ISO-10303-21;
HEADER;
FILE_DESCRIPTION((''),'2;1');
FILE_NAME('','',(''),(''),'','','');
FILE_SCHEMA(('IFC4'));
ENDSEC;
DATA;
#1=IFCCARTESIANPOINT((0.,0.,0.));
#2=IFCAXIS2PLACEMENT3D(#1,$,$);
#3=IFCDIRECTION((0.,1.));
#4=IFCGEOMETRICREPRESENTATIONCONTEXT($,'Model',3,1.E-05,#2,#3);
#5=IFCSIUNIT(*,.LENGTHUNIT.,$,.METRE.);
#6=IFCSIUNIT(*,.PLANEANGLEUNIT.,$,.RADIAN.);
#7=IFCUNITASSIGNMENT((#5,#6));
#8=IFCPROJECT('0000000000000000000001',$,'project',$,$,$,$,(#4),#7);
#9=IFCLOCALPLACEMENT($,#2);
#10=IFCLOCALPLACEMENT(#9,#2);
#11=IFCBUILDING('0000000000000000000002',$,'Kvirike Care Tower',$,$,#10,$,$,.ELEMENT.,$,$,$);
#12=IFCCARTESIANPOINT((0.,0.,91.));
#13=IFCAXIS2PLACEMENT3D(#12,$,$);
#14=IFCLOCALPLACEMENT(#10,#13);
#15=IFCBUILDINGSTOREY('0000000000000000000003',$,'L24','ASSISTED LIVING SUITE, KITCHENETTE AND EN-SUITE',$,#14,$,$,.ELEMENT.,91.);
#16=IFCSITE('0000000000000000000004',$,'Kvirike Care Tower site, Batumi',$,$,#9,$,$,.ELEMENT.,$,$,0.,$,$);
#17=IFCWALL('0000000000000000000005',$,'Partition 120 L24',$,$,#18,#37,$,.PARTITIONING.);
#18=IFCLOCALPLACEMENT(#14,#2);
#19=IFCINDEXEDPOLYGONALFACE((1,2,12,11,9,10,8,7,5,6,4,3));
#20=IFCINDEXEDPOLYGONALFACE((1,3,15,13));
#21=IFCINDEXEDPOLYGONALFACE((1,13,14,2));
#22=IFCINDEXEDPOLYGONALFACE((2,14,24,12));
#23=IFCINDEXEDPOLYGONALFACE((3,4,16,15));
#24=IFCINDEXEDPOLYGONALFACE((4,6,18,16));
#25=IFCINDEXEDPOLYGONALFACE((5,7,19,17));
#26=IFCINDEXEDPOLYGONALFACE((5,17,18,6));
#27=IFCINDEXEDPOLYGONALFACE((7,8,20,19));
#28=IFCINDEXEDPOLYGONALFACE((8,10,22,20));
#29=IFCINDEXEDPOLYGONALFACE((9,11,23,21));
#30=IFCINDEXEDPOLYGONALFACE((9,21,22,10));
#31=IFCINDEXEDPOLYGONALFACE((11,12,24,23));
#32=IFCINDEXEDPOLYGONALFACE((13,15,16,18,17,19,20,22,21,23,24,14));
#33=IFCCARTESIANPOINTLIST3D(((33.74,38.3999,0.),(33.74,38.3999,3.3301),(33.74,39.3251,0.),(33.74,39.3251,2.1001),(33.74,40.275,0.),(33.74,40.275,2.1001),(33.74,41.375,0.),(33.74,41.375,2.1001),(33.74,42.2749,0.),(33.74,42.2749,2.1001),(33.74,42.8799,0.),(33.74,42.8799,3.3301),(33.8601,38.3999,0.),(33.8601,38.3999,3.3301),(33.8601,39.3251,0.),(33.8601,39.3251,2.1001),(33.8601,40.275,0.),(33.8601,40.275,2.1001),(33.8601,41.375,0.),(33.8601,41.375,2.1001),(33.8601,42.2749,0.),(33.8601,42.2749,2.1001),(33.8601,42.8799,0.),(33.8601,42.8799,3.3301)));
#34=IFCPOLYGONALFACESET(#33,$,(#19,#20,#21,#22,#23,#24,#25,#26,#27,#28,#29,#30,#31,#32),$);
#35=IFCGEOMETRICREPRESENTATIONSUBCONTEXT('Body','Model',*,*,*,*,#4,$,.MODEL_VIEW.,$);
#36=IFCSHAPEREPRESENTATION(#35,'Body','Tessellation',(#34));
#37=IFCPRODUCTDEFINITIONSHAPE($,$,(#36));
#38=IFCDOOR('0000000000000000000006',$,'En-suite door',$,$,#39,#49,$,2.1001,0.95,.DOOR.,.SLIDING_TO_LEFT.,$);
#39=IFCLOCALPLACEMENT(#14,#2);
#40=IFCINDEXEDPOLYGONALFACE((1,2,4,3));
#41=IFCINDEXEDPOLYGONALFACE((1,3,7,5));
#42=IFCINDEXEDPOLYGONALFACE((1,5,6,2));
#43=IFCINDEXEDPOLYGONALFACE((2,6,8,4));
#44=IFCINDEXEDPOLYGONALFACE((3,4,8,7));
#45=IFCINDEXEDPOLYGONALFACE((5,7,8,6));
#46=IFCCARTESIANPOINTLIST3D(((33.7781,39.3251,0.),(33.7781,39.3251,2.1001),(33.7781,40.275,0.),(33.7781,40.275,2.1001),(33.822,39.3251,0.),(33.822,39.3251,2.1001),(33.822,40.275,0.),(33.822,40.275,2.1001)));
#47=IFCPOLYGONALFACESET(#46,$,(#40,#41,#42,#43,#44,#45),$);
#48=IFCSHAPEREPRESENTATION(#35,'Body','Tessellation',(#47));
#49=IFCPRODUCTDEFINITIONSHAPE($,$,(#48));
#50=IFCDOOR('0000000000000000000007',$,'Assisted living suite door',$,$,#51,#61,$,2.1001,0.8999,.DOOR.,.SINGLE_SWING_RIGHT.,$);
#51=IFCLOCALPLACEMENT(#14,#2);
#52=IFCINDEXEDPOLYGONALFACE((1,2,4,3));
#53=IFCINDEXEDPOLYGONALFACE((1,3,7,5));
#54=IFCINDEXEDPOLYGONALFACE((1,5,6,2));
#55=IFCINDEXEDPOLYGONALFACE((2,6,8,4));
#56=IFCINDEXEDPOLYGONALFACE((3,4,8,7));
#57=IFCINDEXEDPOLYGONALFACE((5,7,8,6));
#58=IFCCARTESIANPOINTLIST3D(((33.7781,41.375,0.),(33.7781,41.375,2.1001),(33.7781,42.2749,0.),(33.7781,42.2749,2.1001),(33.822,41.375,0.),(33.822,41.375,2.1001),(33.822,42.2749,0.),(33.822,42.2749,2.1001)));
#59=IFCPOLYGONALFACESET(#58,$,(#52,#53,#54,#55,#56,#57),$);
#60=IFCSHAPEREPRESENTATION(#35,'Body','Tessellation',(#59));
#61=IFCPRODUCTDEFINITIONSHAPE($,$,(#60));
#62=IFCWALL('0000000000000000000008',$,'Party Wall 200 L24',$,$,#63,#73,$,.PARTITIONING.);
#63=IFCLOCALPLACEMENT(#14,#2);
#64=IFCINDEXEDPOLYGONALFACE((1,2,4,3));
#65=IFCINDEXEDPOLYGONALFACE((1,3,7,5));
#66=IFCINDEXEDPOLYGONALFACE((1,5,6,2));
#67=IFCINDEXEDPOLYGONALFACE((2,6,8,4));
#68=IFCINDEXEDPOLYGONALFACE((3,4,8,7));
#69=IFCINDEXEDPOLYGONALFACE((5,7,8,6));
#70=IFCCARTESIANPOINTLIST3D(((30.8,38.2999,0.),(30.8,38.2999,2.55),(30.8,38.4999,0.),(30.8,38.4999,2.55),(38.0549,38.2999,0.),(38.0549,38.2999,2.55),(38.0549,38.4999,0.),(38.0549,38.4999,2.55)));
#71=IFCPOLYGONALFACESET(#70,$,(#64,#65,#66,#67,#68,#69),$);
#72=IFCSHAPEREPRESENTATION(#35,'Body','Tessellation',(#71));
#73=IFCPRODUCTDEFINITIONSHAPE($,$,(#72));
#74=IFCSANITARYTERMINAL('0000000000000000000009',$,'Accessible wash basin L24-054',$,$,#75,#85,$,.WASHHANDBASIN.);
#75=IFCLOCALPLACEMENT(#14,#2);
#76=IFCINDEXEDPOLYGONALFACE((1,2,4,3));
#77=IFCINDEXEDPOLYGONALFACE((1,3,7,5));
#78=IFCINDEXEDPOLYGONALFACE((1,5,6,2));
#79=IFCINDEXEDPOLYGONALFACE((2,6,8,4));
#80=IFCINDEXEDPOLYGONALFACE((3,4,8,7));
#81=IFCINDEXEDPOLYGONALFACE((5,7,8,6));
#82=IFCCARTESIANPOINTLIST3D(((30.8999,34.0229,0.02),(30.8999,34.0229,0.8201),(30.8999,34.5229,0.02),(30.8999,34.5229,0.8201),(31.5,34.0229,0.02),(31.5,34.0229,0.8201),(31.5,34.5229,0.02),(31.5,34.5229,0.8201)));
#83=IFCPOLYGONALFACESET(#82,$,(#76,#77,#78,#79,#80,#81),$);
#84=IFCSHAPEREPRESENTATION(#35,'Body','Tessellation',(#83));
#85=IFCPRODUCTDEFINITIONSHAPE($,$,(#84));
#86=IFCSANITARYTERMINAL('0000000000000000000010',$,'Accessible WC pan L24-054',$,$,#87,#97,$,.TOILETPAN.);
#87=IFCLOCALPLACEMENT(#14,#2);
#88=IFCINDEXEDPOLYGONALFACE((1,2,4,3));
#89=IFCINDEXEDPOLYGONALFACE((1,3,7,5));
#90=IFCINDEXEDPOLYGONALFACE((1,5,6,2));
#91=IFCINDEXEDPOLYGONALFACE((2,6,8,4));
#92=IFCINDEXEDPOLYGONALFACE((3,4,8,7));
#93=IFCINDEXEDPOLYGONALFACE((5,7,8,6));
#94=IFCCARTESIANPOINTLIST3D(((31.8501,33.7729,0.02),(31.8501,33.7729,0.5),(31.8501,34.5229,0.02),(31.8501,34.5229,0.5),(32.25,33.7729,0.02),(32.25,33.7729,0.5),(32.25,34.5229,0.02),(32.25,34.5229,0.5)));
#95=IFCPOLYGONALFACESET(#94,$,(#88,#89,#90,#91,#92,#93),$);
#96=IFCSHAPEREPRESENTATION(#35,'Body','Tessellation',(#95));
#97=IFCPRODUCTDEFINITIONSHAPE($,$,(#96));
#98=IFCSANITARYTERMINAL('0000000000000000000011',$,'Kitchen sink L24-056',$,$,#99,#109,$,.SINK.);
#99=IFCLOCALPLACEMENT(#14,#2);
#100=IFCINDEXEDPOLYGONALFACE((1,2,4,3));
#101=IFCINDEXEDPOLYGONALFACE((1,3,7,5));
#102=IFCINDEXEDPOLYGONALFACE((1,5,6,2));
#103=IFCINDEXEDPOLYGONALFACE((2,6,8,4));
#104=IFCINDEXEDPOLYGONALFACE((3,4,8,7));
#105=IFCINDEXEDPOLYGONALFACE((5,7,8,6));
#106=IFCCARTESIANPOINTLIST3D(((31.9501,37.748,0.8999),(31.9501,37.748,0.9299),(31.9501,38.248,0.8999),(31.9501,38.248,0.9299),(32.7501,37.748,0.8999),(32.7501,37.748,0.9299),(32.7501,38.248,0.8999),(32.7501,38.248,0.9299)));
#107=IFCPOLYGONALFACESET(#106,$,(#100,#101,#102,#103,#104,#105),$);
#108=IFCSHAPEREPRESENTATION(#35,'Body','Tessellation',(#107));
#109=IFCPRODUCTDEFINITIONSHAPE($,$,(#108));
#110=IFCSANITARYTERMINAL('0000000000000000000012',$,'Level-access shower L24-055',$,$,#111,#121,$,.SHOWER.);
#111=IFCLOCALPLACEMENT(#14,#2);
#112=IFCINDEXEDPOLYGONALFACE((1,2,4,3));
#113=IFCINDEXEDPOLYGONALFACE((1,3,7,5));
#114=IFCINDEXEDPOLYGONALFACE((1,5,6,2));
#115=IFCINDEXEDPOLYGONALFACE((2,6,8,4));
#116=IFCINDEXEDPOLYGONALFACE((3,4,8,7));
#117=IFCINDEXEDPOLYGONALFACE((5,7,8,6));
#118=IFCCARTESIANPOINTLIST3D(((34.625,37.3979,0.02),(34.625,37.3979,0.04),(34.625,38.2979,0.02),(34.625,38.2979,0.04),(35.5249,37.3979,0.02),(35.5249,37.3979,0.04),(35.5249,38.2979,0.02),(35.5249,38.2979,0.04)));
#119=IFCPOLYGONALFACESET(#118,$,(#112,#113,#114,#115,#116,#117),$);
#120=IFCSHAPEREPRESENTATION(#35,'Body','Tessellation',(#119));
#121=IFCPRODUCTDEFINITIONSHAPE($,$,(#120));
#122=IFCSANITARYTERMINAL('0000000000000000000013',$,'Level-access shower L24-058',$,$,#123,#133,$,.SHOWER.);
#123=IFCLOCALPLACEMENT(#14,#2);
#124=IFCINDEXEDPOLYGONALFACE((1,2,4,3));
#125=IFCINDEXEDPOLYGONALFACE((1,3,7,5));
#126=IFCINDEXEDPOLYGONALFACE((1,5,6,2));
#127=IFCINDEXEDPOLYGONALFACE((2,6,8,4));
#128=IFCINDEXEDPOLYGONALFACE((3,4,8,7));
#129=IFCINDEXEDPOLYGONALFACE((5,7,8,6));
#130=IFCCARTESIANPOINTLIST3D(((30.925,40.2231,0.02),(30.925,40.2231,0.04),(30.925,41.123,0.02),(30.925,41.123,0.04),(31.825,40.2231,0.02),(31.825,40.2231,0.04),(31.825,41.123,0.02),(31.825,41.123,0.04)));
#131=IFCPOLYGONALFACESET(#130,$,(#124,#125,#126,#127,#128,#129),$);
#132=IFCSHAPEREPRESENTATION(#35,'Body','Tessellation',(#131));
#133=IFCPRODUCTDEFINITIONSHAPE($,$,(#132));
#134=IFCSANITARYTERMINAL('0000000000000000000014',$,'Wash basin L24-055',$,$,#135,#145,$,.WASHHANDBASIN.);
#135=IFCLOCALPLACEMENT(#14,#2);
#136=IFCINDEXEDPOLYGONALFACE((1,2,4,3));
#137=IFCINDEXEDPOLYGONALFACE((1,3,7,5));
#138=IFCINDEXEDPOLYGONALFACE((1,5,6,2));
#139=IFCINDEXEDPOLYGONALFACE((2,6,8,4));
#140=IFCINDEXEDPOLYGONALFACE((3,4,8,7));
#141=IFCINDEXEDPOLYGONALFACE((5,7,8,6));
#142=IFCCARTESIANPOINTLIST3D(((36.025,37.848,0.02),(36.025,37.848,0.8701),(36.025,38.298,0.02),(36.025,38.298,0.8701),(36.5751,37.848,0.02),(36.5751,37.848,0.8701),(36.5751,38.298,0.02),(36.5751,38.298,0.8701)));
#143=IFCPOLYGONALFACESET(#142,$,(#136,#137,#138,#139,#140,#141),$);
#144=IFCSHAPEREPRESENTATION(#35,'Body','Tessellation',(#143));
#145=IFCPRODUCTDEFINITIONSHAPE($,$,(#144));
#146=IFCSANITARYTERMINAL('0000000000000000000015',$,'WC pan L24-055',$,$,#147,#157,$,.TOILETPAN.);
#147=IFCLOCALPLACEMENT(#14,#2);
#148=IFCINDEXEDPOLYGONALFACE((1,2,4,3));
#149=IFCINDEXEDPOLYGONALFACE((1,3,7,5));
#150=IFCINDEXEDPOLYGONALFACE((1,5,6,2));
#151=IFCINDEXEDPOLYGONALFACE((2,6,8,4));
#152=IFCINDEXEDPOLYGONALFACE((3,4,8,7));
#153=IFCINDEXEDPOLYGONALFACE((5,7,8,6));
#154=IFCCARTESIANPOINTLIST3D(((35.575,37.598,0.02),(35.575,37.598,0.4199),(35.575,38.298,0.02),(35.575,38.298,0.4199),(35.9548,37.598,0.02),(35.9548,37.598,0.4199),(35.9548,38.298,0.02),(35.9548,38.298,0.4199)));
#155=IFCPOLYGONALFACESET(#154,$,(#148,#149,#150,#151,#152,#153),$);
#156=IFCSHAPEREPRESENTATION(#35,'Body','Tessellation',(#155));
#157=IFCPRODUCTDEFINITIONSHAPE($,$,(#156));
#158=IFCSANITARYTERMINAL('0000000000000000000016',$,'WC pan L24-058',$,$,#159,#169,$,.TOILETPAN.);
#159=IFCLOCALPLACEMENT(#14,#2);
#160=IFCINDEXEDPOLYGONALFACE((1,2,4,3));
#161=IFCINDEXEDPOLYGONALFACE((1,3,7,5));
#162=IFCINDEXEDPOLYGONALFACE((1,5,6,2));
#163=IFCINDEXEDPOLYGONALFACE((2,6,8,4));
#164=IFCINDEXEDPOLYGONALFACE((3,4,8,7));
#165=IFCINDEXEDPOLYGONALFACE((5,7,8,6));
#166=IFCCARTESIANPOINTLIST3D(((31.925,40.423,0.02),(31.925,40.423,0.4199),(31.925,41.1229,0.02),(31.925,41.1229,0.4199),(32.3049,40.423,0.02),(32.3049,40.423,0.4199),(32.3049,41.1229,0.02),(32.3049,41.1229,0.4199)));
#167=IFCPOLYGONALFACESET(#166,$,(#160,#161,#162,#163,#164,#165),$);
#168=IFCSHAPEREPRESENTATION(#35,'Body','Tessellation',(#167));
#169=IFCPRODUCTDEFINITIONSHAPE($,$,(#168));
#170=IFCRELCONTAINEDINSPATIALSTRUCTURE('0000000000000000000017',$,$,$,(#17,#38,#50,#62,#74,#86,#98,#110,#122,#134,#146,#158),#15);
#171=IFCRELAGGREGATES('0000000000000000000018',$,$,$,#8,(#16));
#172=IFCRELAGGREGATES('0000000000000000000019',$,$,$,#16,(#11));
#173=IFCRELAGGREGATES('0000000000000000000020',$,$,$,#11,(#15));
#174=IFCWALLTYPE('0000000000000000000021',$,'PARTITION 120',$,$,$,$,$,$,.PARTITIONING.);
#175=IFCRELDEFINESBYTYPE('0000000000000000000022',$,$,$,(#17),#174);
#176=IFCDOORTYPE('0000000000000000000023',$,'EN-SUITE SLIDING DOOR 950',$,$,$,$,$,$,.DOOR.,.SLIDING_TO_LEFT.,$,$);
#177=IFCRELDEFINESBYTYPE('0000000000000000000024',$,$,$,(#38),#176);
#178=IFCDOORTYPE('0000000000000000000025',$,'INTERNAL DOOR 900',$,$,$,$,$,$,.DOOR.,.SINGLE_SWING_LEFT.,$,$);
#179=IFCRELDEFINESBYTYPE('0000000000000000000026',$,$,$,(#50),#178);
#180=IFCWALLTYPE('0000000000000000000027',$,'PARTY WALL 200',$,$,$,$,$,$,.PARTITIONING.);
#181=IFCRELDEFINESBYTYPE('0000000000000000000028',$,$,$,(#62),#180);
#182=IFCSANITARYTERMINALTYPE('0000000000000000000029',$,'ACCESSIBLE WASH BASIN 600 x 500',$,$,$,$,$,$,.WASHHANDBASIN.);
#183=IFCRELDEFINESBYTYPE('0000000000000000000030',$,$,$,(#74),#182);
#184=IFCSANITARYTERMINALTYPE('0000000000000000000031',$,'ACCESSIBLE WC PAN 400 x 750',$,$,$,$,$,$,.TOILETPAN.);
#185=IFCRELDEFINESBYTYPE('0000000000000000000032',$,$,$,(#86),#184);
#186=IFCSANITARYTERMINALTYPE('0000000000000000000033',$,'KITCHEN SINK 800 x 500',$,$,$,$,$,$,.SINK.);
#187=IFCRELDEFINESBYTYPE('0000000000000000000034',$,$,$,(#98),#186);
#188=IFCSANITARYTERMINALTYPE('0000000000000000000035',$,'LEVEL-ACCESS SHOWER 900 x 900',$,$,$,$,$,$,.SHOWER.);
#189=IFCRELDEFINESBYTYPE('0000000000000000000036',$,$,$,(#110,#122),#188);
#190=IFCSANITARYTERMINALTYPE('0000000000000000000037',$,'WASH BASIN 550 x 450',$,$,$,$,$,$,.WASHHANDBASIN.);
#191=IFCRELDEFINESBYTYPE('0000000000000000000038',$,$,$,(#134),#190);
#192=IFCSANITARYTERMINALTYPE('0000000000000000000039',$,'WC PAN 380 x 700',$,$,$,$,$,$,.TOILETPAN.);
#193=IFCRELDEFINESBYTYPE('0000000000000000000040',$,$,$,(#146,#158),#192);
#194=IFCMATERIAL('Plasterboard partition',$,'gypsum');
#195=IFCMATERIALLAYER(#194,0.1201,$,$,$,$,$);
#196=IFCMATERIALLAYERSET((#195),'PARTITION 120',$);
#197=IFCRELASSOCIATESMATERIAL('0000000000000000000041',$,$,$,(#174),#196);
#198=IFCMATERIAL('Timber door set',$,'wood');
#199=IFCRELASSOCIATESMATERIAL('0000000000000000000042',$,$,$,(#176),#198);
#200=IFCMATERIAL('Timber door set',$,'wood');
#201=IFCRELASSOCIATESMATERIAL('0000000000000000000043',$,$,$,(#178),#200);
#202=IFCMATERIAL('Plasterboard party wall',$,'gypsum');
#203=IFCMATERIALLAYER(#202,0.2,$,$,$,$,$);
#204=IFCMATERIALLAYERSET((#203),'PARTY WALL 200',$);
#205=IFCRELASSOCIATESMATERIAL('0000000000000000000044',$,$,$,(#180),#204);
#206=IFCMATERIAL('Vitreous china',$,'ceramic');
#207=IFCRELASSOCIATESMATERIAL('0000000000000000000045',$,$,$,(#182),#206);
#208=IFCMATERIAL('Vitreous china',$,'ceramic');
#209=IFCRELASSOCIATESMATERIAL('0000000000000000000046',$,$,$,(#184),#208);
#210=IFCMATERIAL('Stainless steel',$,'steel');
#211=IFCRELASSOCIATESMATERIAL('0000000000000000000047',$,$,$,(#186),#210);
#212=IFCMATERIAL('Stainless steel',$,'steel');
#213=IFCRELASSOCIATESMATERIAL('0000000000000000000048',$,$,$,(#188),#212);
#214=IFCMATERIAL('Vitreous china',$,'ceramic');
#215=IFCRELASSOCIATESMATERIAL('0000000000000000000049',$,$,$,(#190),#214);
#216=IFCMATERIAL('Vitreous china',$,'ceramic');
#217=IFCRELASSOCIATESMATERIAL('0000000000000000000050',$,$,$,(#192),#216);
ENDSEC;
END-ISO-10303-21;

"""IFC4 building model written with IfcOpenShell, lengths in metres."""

from ifc_helpers import new_model, si_unit, direction, frame, frame_2d, origin, origin_2d, place, context, subcontext, project, spatial, rectangle, extrude, material, layer, layer_set, type_object, element, fill, save


model = new_model("IFC4")

# Units and contexts
model_context = context("Model", 3, precision=1e-05, world=origin(), true_north=direction((0.0, 1.0)))
body_context = subcontext(model_context, "Body", "Model", "MODEL_VIEW")
ifc_project = project(units=[si_unit("LENGTHUNIT", "METRE"), si_unit("PLANEANGLEUNIT", "RADIAN")], contexts=[model_context])

# Site, building, storey
site_placement = place(None, origin())
site = spatial("IfcSite", under=ifc_project, at=site_placement, Name="Kvirike Care Tower site, Batumi", CompositionType="ELEMENT", RefElevation=0.0)
building_placement = place(site_placement, origin())
building = spatial("IfcBuilding", under=site, at=building_placement, Name="Kvirike Care Tower", CompositionType="ELEMENT")
storey_placement = place(building_placement, frame((0.0, 0.0, 91.0)))
storey = spatial("IfcBuildingStorey", under=building, at=storey_placement, Name="L24", Description="ASSISTED LIVING SUITE, KITCHENETTE AND EN-SUITE", CompositionType="ELEMENT", Elevation=91.0)

# Wall, openings, doors
ifc_material_1 = material(Name="Plasterboard partition", Category="gypsum")
ifc_layer_1 = layer(ifc_material_1, 0.1201)
ifc_layer_set_1 = layer_set([ifc_layer_1], Name="PARTITION 120")
wall_type_1 = type_object("IfcWallType", Name="PARTITION 120", PredefinedType="PARTITIONING", material=ifc_layer_set_1)
ifc_material_2 = material(Name="Timber door set", Category="wood")
door_type_1 = type_object("IfcDoorType", Name="EN-SUITE SLIDING DOOR 950", OperationType="SLIDING_TO_LEFT", PredefinedType="DOOR", material=ifc_material_2)
ifc_material_3 = material(Name="Timber door set", Category="wood")
door_type_2 = type_object("IfcDoorType", Name="INTERNAL DOOR 900", OperationType="SINGLE_SWING_LEFT", PredefinedType="DOOR", material=ifc_material_3)
wall_1_placement = place(storey_placement, frame((33.8, 38.3999, 0.0), z_axis=(0.0, 0.0, 1.0), x_axis=(0.0, 1.0, 0.0)))
wall_1 = element("IfcWall", 1, at=wall_1_placement, inside=storey, type_object=wall_type_1, Name="Partition 120 L24", PredefinedType="PARTITIONING", context=body_context, shape_type="SweptSolid", body=[
    extrude(rectangle(XDim=4.48, YDim=0.1201, at=frame_2d((2.24, 0.0))), origin(), (0.0, 0.0, 1.0), 3.3301),
])
opening_1_placement = place(wall_1_placement, frame((2.9751, 0.0, 0.0)))
opening_1 = element("IfcOpeningElement", 2, at=opening_1_placement, cuts=wall_1, PredefinedType="OPENING", context=body_context, shape_type="SweptSolid", body=[
    extrude(rectangle(XDim=0.8999, YDim=2.1001, at=frame_2d((0.45, 1.05))), frame((0.0, 0.0706, 0.0), z_axis=(0.0, -1.0, 0.0), x_axis=(1.0, 0.0, 0.0)), (0.0, 0.0, 1.0), 0.1411),
])
opening_2_placement = place(wall_1_placement, frame((0.925, 0.0, 0.0)))
opening_2 = element("IfcOpeningElement", 3, at=opening_2_placement, cuts=wall_1, PredefinedType="OPENING", context=body_context, shape_type="SweptSolid", body=[
    extrude(rectangle(XDim=0.95, YDim=2.1001, at=frame_2d((0.4751, 1.05))), frame((0.0, 0.0706, 0.0), z_axis=(0.0, -1.0, 0.0), x_axis=(1.0, 0.0, 0.0)), (0.0, 0.0, 1.0), 0.1411),
])
door_1_placement = place(opening_2_placement, origin())
door_1 = element("IfcDoor", 4, at=door_1_placement, inside=storey, type_object=door_type_1, Name="En-suite door", OperationType="SLIDING_TO_LEFT", OverallHeight=2.1001, OverallWidth=0.95, PredefinedType="DOOR", context=body_context, shape_type="SweptSolid", body=[
    extrude(rectangle(XDim=0.95, YDim=2.1001, at=frame_2d((0.4751, 1.05))), frame((0.0, 0.022, 0.0), z_axis=(0.0, -1.0, 0.0), x_axis=(1.0, 0.0, 0.0)), (0.0, 0.0, 1.0), 0.0439),
])
fill(opening_2, door_1)
door_2_placement = place(opening_1_placement, origin())
door_2 = element("IfcDoor", 5, at=door_2_placement, inside=storey, type_object=door_type_2, Name="Assisted living suite door", OperationType="SINGLE_SWING_RIGHT", OverallHeight=2.1001, OverallWidth=0.8999, PredefinedType="DOOR", context=body_context, shape_type="SweptSolid", body=[
    extrude(rectangle(XDim=0.8999, YDim=2.1001, at=frame_2d((0.45, 1.05))), frame((0.0, 0.022, 0.0), z_axis=(0.0, -1.0, 0.0), x_axis=(1.0, 0.0, 0.0)), (0.0, 0.0, 1.0), 0.0439),
])
fill(opening_1, door_2)

# Wall
ifc_material_4 = material(Name="Plasterboard party wall", Category="gypsum")
ifc_layer_2 = layer(ifc_material_4, 0.2)
ifc_layer_set_2 = layer_set([ifc_layer_2], Name="PARTY WALL 200")
wall_type_2 = type_object("IfcWallType", Name="PARTY WALL 200", PredefinedType="PARTITIONING", material=ifc_layer_set_2)
wall_2_placement = place(storey_placement, frame((38.0549, 38.3999, 0.0), z_axis=(0.0, 0.0, 1.0), x_axis=(-1.0, 0.0, 0.0)))
element("IfcWall", 6, at=wall_2_placement, inside=storey, type_object=wall_type_2, Name="Party Wall 200 L24", PredefinedType="PARTITIONING", context=body_context, shape_type="SweptSolid", body=[
    extrude(rectangle(XDim=7.2549, YDim=0.2, at=frame_2d((3.6274, 0.0))), origin(), (0.0, 0.0, 1.0), 2.55),
])

# Sanitary terminals
ifc_material_5 = material(Name="Vitreous china", Category="ceramic")
sanitary_terminal_type_1 = type_object("IfcSanitaryTerminalType", Name="ACCESSIBLE WASH BASIN 600 x 500", PredefinedType="WASHHANDBASIN", material=ifc_material_5)
sanitary_terminal_1_placement = place(storey_placement, frame((31.2, 34.2729, 0.02), z_axis=(0.0, 0.0, 1.0), x_axis=(1.0, 0.0, 0.0)))
element("IfcSanitaryTerminal", 7, at=sanitary_terminal_1_placement, inside=storey, type_object=sanitary_terminal_type_1, Name="Accessible wash basin L24-054", PredefinedType="WASHHANDBASIN", context=body_context, shape_type="SweptSolid", body=[
    extrude(rectangle(XDim=0.6001, YDim=0.5, at=origin_2d()), origin(), (0.0, 0.0, 1.0), 0.8),
])
ifc_material_6 = material(Name="Vitreous china", Category="ceramic")
sanitary_terminal_type_2 = type_object("IfcSanitaryTerminalType", Name="ACCESSIBLE WC PAN 400 x 750", PredefinedType="TOILETPAN", material=ifc_material_6)
sanitary_terminal_2_placement = place(storey_placement, frame((32.05, 34.1479, 0.02), z_axis=(0.0, 0.0, 1.0), x_axis=(1.0, 0.0, 0.0)))
element("IfcSanitaryTerminal", 8, at=sanitary_terminal_2_placement, inside=storey, type_object=sanitary_terminal_type_2, Name="Accessible WC pan L24-054", PredefinedType="TOILETPAN", context=body_context, shape_type="SweptSolid", body=[
    extrude(rectangle(XDim=0.3999, YDim=0.75, at=origin_2d()), origin(), (0.0, 0.0, 1.0), 0.48),
])
ifc_material_7 = material(Name="Stainless steel", Category="steel")
sanitary_terminal_type_3 = type_object("IfcSanitaryTerminalType", Name="KITCHEN SINK 800 x 500", PredefinedType="SINK", material=ifc_material_7)
sanitary_terminal_3_placement = place(storey_placement, frame((32.3501, 37.998, 0.8999), z_axis=(0.0, 0.0, 1.0), x_axis=(1.0, 0.0, 0.0)))
element("IfcSanitaryTerminal", 9, at=sanitary_terminal_3_placement, inside=storey, type_object=sanitary_terminal_type_3, Name="Kitchen sink L24-056", PredefinedType="SINK", context=body_context, shape_type="SweptSolid", body=[
    extrude(rectangle(XDim=0.8, YDim=0.5, at=origin_2d()), origin(), (0.0, 0.0, 1.0), 0.03),
])
ifc_material_8 = material(Name="Stainless steel", Category="steel")
sanitary_terminal_type_4 = type_object("IfcSanitaryTerminalType", Name="LEVEL-ACCESS SHOWER 900 x 900", PredefinedType="SHOWER", material=ifc_material_8)
for number, where, z_axis, x_axis, name in (
    (10, (35.075, 37.8479, 0.02), (0.0, 0.0, 1.0), (1.0, 0.0, 0.0), "Level-access shower L24-055"),
    (11, (31.375, 40.6731, 0.02), (0.0, 0.0, 1.0), (1.0, 0.0, 0.0), "Level-access shower L24-058"),
):
    element("IfcSanitaryTerminal", number, at=place(storey_placement, frame(where, z_axis=z_axis, x_axis=x_axis)), inside=storey, type_object=sanitary_terminal_type_4, Name=name, PredefinedType="SHOWER", context=body_context, shape_type="SweptSolid", body=[
        extrude(rectangle(XDim=0.8999, YDim=0.8999, at=origin_2d()), origin(), (0.0, 0.0, 1.0), 0.02),
    ])
ifc_material_9 = material(Name="Vitreous china", Category="ceramic")
sanitary_terminal_type_5 = type_object("IfcSanitaryTerminalType", Name="WASH BASIN 550 x 450", PredefinedType="WASHHANDBASIN", material=ifc_material_9)
sanitary_terminal_4_placement = place(storey_placement, frame((36.3, 38.073, 0.02), z_axis=(0.0, 0.0, 1.0), x_axis=(1.0, 0.0, 0.0)))
element("IfcSanitaryTerminal", 12, at=sanitary_terminal_4_placement, inside=storey, type_object=sanitary_terminal_type_5, Name="Wash basin L24-055", PredefinedType="WASHHANDBASIN", context=body_context, shape_type="SweptSolid", body=[
    extrude(rectangle(XDim=0.55, YDim=0.45, at=origin_2d()), origin(), (0.0, 0.0, 1.0), 0.8501),
])
ifc_material_10 = material(Name="Vitreous china", Category="ceramic")
sanitary_terminal_type_6 = type_object("IfcSanitaryTerminalType", Name="WC PAN 380 x 700", PredefinedType="TOILETPAN", material=ifc_material_10)
for number, where, z_axis, x_axis, name in (
    (13, (35.7649, 37.948, 0.02), (0.0, 0.0, 1.0), (1.0, 0.0, 0.0), "WC pan L24-055"),
    (14, (32.115, 40.7729, 0.02), (0.0, 0.0, 1.0), (1.0, 0.0, 0.0), "WC pan L24-058"),
):
    element("IfcSanitaryTerminal", number, at=place(storey_placement, frame(where, z_axis=z_axis, x_axis=x_axis)), inside=storey, type_object=sanitary_terminal_type_6, Name=name, PredefinedType="TOILETPAN", context=body_context, shape_type="SweptSolid", body=[
        extrude(rectangle(XDim=0.3799, YDim=0.7, at=origin_2d()), origin(), (0.0, 0.0, 1.0), 0.3999),
    ])

save(model, "model.ifc")
